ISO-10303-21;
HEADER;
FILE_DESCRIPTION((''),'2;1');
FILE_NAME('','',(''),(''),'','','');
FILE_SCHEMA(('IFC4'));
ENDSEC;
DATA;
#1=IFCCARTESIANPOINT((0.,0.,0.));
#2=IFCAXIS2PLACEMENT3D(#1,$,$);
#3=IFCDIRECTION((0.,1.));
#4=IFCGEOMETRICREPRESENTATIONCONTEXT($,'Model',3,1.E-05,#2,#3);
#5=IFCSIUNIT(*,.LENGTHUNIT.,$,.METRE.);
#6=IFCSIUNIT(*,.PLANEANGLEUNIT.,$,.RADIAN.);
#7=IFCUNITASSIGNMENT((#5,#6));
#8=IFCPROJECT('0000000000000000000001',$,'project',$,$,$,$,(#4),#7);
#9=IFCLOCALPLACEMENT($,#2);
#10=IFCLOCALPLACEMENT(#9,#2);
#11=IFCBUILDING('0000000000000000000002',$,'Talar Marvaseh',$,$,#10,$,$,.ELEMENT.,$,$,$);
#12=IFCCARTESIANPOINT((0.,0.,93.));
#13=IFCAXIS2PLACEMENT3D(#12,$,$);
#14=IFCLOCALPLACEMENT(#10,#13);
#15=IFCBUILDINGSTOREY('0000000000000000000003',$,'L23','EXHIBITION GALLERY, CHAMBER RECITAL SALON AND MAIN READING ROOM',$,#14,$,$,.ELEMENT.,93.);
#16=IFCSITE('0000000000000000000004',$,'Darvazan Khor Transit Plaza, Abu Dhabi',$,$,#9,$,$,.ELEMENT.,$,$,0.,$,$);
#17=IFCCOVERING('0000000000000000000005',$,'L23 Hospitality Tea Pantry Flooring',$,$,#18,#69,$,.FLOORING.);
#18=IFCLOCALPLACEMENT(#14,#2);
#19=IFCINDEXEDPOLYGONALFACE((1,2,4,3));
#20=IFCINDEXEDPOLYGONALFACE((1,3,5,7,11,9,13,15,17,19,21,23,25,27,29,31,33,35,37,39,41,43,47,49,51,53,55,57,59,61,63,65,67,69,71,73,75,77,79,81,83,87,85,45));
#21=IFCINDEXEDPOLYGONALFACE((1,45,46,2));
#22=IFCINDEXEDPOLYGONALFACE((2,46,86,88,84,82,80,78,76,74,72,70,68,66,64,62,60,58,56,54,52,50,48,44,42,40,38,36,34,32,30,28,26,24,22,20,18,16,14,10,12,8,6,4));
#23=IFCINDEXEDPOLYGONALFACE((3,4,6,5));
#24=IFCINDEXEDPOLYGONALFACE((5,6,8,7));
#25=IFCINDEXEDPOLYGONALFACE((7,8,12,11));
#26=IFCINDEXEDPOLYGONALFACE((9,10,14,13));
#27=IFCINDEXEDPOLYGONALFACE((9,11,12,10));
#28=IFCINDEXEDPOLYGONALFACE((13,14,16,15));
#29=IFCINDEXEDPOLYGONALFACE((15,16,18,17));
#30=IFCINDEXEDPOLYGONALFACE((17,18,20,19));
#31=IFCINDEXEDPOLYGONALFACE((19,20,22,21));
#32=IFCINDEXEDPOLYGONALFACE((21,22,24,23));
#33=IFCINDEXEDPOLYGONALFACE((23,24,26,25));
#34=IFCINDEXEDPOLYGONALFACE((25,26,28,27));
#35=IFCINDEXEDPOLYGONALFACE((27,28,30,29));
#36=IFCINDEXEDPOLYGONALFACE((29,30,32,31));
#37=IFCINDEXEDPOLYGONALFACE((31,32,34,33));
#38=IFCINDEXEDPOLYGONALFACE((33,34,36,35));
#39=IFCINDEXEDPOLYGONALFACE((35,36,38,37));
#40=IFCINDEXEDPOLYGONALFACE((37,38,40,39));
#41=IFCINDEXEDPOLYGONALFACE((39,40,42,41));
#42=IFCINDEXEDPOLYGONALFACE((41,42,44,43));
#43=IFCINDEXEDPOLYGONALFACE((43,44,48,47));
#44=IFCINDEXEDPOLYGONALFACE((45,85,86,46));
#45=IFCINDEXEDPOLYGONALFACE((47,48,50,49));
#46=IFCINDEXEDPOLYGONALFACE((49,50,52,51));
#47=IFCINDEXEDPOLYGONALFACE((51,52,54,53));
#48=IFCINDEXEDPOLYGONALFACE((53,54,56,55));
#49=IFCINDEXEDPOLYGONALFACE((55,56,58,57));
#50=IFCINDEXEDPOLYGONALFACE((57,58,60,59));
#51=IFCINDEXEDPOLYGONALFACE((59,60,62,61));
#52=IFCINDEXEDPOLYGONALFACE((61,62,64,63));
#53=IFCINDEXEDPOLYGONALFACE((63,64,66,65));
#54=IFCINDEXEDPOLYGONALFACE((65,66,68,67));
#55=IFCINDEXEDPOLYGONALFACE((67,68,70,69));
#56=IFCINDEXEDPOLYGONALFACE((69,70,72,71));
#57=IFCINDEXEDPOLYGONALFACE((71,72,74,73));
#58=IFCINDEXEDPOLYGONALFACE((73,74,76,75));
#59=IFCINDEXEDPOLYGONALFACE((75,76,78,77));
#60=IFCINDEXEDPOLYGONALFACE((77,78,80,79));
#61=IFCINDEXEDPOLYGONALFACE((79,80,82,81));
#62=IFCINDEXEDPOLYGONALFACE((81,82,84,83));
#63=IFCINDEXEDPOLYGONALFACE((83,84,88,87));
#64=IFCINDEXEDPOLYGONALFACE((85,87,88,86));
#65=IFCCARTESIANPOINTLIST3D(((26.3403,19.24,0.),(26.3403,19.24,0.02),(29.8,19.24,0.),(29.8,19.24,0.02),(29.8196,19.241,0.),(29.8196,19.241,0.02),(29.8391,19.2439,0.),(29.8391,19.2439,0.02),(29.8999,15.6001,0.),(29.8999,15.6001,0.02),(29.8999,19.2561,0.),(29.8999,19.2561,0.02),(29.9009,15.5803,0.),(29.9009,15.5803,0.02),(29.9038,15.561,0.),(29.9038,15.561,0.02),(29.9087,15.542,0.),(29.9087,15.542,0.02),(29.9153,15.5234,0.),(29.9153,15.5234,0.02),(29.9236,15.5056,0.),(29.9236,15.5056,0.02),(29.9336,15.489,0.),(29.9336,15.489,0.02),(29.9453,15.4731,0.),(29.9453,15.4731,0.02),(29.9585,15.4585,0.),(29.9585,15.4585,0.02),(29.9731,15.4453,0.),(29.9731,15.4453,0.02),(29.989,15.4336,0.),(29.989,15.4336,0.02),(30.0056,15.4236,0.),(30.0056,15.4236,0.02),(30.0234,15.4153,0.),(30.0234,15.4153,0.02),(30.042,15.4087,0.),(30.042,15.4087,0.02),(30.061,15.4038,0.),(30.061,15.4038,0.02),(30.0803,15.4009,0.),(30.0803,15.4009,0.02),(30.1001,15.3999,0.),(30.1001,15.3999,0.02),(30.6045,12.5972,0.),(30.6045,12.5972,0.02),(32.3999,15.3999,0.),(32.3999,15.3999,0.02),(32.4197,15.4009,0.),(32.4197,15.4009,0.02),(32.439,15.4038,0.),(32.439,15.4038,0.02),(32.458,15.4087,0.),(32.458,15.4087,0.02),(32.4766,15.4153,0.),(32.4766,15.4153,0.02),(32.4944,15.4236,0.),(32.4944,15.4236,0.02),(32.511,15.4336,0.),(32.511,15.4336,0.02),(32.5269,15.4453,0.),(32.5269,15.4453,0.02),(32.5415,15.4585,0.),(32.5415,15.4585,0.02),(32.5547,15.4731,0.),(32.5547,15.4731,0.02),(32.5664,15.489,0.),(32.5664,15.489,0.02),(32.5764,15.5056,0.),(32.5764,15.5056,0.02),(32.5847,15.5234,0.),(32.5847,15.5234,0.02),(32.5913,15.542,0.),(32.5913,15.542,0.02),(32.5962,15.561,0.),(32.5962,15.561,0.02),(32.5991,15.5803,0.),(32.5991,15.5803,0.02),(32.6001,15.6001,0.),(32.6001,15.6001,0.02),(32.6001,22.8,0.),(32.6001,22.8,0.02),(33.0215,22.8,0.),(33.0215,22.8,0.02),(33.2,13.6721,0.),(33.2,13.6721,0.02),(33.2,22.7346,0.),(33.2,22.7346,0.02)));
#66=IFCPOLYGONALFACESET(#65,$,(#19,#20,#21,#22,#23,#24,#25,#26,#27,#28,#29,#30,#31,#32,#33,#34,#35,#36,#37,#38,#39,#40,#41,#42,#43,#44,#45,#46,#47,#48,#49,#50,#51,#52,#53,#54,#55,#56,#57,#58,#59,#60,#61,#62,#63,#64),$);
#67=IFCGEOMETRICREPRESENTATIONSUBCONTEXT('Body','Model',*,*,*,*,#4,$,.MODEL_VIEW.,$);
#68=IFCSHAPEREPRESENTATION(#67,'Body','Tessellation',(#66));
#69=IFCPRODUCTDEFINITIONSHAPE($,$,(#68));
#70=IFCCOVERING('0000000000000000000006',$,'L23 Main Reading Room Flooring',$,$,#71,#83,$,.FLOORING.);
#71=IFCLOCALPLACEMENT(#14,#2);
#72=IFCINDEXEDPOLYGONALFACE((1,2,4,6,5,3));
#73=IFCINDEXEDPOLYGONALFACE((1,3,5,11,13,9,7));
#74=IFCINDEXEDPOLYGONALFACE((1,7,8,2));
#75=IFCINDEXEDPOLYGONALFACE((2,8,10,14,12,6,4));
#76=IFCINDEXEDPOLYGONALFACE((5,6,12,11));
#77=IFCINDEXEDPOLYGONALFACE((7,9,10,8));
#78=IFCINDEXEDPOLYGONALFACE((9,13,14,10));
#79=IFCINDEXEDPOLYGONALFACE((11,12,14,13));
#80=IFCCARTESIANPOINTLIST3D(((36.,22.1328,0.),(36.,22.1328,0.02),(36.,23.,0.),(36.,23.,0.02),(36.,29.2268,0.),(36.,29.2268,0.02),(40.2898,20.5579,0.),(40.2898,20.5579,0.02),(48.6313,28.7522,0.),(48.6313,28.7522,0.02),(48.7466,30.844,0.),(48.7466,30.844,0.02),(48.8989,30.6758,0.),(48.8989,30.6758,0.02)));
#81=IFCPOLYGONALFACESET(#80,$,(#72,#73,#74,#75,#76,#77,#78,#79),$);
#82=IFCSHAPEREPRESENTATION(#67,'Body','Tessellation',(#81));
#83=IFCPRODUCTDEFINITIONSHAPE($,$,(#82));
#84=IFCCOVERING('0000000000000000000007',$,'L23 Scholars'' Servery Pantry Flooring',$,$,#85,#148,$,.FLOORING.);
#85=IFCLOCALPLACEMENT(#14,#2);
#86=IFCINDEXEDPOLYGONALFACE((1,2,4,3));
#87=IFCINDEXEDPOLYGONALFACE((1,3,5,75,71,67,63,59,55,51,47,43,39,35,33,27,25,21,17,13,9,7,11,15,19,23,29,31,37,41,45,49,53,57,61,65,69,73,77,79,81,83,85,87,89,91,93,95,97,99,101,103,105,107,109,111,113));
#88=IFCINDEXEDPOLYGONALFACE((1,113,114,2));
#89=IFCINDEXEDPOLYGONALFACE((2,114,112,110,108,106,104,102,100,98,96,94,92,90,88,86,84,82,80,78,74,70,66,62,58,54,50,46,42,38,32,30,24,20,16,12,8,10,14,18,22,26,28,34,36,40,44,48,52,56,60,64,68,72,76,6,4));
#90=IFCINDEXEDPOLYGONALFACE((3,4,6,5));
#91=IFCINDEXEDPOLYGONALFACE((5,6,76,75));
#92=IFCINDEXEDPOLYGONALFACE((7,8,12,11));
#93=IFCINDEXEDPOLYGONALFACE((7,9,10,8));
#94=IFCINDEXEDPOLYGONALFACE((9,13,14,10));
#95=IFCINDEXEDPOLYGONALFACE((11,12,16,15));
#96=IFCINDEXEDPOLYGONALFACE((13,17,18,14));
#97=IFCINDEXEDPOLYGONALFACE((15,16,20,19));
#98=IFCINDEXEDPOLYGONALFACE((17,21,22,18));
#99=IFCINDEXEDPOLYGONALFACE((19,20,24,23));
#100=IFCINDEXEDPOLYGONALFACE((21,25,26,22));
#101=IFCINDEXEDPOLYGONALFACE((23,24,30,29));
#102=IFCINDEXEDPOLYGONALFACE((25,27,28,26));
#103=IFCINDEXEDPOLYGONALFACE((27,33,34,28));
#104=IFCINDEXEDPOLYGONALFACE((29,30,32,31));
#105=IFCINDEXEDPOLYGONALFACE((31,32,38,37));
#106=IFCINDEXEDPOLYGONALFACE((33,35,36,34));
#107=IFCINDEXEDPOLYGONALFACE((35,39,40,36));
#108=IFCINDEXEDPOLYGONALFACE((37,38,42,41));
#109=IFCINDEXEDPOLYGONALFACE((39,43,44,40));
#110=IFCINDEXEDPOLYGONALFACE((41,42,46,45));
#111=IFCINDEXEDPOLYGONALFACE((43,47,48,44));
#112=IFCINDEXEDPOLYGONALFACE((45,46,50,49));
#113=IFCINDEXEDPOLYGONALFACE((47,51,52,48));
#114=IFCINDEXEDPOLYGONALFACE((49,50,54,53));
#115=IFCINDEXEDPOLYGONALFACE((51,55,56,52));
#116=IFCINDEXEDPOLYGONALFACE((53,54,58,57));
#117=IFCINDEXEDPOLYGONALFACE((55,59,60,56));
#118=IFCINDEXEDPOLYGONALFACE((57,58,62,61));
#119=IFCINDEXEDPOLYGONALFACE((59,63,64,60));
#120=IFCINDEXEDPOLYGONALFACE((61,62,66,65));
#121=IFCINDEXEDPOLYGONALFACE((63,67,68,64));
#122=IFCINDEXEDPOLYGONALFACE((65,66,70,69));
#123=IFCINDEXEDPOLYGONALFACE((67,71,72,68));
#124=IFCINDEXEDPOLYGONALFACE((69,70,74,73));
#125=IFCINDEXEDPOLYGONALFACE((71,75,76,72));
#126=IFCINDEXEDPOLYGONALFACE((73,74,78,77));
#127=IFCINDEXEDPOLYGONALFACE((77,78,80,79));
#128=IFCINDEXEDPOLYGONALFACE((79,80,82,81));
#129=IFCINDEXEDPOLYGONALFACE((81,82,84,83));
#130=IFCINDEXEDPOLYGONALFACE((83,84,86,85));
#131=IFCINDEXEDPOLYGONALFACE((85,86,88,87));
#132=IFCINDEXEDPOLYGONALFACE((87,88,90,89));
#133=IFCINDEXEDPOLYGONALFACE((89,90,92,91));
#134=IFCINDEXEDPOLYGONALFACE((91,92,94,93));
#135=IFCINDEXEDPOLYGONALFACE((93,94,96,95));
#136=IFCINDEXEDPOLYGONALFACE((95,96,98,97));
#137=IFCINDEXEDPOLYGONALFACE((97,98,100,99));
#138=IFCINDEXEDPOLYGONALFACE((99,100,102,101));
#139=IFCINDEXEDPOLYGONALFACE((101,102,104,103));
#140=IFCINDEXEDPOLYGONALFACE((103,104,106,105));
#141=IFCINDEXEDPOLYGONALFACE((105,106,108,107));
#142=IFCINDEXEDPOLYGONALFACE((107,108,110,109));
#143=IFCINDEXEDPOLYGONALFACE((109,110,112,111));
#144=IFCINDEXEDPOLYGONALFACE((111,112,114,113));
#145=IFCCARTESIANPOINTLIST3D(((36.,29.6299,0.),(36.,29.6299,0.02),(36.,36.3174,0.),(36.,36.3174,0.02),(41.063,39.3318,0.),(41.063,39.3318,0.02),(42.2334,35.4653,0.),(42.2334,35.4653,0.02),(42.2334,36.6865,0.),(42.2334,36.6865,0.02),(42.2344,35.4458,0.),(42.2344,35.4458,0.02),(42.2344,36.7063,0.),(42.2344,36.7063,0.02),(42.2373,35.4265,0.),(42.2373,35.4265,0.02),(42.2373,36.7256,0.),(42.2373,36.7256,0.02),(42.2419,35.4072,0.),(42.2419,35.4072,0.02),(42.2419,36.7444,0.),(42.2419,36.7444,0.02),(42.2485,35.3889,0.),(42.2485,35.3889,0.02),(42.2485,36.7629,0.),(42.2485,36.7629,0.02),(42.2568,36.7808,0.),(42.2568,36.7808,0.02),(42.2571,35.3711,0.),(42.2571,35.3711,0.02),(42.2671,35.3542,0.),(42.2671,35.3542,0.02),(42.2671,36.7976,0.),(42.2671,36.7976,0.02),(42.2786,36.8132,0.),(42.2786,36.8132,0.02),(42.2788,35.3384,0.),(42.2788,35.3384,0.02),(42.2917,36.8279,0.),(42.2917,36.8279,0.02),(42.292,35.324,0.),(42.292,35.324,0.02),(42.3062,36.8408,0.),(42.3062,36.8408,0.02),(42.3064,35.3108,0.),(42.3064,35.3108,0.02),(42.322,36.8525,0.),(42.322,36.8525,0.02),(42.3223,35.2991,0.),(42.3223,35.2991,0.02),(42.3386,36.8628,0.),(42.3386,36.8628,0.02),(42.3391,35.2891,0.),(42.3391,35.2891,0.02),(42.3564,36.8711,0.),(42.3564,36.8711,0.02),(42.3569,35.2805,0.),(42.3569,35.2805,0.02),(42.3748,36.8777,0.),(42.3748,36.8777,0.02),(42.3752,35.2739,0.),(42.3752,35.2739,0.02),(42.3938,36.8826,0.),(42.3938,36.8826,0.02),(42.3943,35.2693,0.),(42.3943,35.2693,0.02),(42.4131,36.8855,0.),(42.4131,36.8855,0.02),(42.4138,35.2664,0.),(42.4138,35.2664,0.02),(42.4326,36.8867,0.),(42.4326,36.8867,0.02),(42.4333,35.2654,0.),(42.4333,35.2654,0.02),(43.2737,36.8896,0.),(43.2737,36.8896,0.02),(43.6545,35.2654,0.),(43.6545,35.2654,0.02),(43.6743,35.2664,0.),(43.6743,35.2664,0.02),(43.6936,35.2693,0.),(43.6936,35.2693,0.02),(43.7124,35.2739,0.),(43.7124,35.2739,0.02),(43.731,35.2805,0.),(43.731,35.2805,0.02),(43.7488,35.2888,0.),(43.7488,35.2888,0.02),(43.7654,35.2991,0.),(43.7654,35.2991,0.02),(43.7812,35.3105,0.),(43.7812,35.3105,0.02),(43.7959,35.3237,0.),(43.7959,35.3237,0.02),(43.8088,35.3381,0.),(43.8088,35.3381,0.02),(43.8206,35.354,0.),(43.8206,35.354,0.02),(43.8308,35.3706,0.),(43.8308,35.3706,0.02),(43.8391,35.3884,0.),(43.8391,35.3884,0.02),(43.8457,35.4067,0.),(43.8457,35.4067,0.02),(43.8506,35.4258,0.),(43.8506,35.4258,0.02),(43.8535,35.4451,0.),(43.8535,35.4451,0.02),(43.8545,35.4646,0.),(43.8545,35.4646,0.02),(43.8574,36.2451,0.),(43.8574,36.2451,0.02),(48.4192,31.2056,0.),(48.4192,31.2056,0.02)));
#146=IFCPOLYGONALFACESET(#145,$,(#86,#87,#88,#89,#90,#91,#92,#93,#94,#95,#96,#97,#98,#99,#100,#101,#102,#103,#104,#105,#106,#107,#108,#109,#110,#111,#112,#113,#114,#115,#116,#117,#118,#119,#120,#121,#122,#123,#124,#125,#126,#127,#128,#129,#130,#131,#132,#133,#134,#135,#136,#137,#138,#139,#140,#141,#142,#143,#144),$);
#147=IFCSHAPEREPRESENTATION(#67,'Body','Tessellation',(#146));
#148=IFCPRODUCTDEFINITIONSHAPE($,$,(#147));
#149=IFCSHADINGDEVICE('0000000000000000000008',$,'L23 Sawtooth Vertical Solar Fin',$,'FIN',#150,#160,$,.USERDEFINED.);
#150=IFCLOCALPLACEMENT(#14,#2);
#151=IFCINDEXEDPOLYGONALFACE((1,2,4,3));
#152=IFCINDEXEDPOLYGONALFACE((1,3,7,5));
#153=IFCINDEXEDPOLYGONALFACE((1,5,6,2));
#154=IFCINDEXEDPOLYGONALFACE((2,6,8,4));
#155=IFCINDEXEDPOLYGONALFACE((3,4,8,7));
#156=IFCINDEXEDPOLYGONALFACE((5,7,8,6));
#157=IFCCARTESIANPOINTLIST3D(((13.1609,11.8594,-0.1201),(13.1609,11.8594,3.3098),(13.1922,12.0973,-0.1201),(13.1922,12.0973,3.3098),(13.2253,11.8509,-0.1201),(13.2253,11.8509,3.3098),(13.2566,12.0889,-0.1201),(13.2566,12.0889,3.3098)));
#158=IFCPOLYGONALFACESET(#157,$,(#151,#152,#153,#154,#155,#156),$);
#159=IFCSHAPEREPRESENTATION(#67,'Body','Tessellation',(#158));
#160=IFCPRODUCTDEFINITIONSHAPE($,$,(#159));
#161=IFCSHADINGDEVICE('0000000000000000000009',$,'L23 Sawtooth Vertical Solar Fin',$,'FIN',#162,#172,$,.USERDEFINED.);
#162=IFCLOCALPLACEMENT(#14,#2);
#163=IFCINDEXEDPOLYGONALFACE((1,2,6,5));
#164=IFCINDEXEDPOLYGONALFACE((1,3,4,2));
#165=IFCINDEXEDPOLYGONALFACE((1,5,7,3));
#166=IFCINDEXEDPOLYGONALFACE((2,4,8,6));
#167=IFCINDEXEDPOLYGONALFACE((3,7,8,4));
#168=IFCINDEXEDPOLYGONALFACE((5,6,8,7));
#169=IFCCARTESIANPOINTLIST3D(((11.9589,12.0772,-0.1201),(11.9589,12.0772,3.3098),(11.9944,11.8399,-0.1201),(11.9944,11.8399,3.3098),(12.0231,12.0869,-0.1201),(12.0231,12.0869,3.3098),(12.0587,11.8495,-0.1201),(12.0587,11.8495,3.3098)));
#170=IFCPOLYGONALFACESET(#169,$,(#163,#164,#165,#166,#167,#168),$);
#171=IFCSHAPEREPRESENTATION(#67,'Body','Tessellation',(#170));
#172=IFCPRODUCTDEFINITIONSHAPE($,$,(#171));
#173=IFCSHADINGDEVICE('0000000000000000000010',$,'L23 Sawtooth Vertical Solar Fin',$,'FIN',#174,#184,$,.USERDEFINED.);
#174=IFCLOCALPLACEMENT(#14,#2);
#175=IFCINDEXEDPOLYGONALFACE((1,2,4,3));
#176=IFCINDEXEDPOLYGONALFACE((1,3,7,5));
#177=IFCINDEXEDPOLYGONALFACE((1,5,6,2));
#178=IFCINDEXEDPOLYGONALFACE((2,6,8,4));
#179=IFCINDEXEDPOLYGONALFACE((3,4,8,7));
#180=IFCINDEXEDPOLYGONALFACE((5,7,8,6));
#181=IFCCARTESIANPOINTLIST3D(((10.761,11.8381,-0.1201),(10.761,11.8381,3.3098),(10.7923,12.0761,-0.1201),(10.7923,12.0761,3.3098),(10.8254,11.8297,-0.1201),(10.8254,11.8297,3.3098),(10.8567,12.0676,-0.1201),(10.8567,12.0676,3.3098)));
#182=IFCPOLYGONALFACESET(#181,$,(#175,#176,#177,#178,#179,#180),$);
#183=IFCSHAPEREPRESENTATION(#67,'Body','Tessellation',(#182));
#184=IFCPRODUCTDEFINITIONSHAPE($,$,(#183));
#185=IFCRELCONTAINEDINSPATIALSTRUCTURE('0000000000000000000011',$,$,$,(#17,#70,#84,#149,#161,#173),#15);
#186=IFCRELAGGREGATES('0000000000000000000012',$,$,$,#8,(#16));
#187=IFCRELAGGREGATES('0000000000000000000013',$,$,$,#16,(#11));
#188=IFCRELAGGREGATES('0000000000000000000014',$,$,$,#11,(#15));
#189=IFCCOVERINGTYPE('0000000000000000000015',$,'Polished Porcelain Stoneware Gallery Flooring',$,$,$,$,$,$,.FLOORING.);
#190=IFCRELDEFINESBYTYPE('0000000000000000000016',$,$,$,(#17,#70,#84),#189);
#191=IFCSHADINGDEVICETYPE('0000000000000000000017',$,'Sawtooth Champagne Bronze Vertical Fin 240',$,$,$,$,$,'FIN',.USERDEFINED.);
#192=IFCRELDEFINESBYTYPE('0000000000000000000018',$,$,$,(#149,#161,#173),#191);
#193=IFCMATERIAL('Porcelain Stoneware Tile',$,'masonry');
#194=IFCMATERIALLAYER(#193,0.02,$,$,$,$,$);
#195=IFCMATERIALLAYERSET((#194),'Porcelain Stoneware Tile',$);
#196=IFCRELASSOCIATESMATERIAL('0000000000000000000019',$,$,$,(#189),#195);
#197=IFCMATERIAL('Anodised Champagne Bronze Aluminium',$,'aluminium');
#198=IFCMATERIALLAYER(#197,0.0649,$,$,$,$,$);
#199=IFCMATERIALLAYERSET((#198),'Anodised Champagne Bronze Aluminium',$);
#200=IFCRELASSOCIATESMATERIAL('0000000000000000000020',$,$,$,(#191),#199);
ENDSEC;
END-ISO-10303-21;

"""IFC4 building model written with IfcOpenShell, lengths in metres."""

from ifc_helpers import new_model, si_unit, direction, frame, origin, origin_2d, place, context, subcontext, project, spatial, polyline, rectangle, outline, extrude, source, transform, mapped, material, layer, layer_set, type_object, type_shapes, element, save


model = new_model("IFC4")

# Units and contexts
model_context = context("Model", 3, precision=1e-05, world=origin(), true_north=direction((0.0, 1.0)))
body_context = subcontext(model_context, "Body", "Model", "MODEL_VIEW")
ifc_project = project(units=[si_unit("LENGTHUNIT", "METRE"), si_unit("PLANEANGLEUNIT", "RADIAN")], contexts=[model_context])

# Site, building, storey
site_placement = place(None, origin())
site = spatial("IfcSite", under=ifc_project, at=site_placement, Name="Darvazan Khor Transit Plaza, Abu Dhabi", CompositionType="ELEMENT", RefElevation=0.0)
building_placement = place(site_placement, origin())
building = spatial("IfcBuilding", under=site, at=building_placement, Name="Talar Marvaseh", CompositionType="ELEMENT")
storey_placement = place(building_placement, frame((0.0, 0.0, 93.0)))
storey = spatial("IfcBuildingStorey", under=building, at=storey_placement, Name="L23", Description="EXHIBITION GALLERY, CHAMBER RECITAL SALON AND MAIN READING ROOM", CompositionType="ELEMENT", Elevation=93.0)

# Coverings
ifc_material_1 = material(Name="Porcelain Stoneware Tile", Category="masonry")
ifc_layer_1 = layer(ifc_material_1, 0.02)
ifc_layer_set_1 = layer_set([ifc_layer_1], Name="Porcelain Stoneware Tile")
covering_type_1 = type_object("IfcCoveringType", Name="Polished Porcelain Stoneware Gallery Flooring", PredefinedType="FLOORING", material=ifc_layer_set_1)
covering_1_placement = place(storey_placement, origin())
element("IfcCovering", 1, at=covering_1_placement, inside=storey, type_object=covering_type_1, Name="L23 Hospitality Tea Pantry Flooring", PredefinedType="FLOORING", context=body_context, shape_type="SweptSolid", body=[
    extrude(outline(polyline([(29.9009, 15.5803), (29.9038, 15.561), (29.9087, 15.542), (29.9153, 15.5234), (29.9236, 15.5056), (29.9336, 15.489), (29.9453, 15.4731), (29.9585, 15.4585), (29.9731, 15.4453), (29.989, 15.4336), (30.0056, 15.4236), (30.0234, 15.4153), (30.042, 15.4087), (30.061, 15.4038), (30.0803, 15.4009), (30.1001, 15.3999), (32.3999, 15.3999), (32.4197, 15.4009), (32.439, 15.4038), (32.458, 15.4087), (32.4766, 15.4153), (32.4944, 15.4236), (32.511, 15.4336), (32.5269, 15.4453), (32.5415, 15.4585), (32.5547, 15.4731), (32.5664, 15.489), (32.5764, 15.5056), (32.5847, 15.5234), (32.5913, 15.542), (32.5962, 15.561), (32.5991, 15.5803), (32.6001, 15.6001), (32.6001, 22.8), (33.0215, 22.8), (33.2, 22.7346), (33.2, 13.6721), (30.6045, 12.5972), (26.3403, 19.24), (29.8, 19.24), (29.8196, 19.241), (29.8391, 19.2439), (29.8999, 19.2561), (29.8999, 15.6001), (29.9009, 15.5803)])), origin(), (0.0, 0.0, 1.0), 0.02),
])
covering_2_placement = place(storey_placement, origin())
element("IfcCovering", 2, at=covering_2_placement, inside=storey, type_object=covering_type_1, Name="L23 Main Reading Room Flooring", PredefinedType="FLOORING", context=body_context, shape_type="SweptSolid", body=[
    extrude(outline(polyline([(36.0, 22.1328), (36.0, 23.0), (36.0, 29.2268), (48.7466, 30.844), (48.8989, 30.6758), (48.6313, 28.7522), (40.2898, 20.5579), (36.0, 22.1328)])), origin(), (0.0, 0.0, 1.0), 0.02),
])
covering_3_placement = place(storey_placement, origin())
element("IfcCovering", 3, at=covering_3_placement, inside=storey, type_object=covering_type_1, Name="L23 Scholars' Servery Pantry Flooring", PredefinedType="FLOORING", context=body_context, shape_type="SweptSolid", body=[
    extrude(outline(polyline([(41.063, 39.3318), (43.2737, 36.8896), (42.4326, 36.8867), (42.4131, 36.8855), (42.3938, 36.8826), (42.3748, 36.8777), (42.3564, 36.8711), (42.3386, 36.8628), (42.322, 36.8525), (42.3062, 36.8408), (42.2917, 36.8279), (42.2786, 36.8132), (42.2671, 36.7976), (42.2568, 36.7808), (42.2485, 36.7629), (42.2419, 36.7444), (42.2373, 36.7256), (42.2344, 36.7063), (42.2334, 36.6865), (42.2334, 35.4653), (42.2344, 35.4458), (42.2373, 35.4265), (42.2419, 35.4072), (42.2485, 35.3889), (42.2571, 35.3711), (42.2671, 35.3542), (42.2788, 35.3384), (42.292, 35.324), (42.3064, 35.3108), (42.3223, 35.2991), (42.3391, 35.2891), (42.3569, 35.2805), (42.3752, 35.2739), (42.3943, 35.2693), (42.4138, 35.2664), (42.4333, 35.2654), (43.6545, 35.2654), (43.6743, 35.2664), (43.6936, 35.2693), (43.7124, 35.2739), (43.731, 35.2805), (43.7488, 35.2888), (43.7654, 35.2991), (43.7812, 35.3105), (43.7959, 35.3237), (43.8088, 35.3381), (43.8206, 35.354), (43.8308, 35.3706), (43.8391, 35.3884), (43.8457, 35.4067), (43.8506, 35.4258), (43.8535, 35.4451), (43.8545, 35.4646), (43.8574, 36.2451), (48.4192, 31.2056), (36.0, 29.6299), (36.0, 36.3174), (41.063, 39.3318)])), origin(), (0.0, 0.0, 1.0), 0.02),
])

# Shading devices
ifc_material_2 = material(Name="Anodised Champagne Bronze Aluminium", Category="aluminium")
ifc_layer_2 = layer(ifc_material_2, 0.0649)
ifc_layer_set_2 = layer_set([ifc_layer_2], Name="Anodised Champagne Bronze Aluminium")
shading_device_type = type_object("IfcShadingDeviceType", Name="Sawtooth Champagne Bronze Vertical Fin 240", ElementType="FIN", PredefinedType="USERDEFINED", material=ifc_layer_set_2)
shared_shape_1 = source(origin(), body_context, "Body", "SweptSolid", [
    extrude(rectangle(XDim=0.24, YDim=0.0649, at=origin_2d()), origin(), (0.0, 0.0, 1.0), 3.4299),
])
type_shapes(shading_device_type, [shared_shape_1])
for number, where, z_axis, x_axis, name in (
    (4, (13.2087, 11.9741, -0.1201), (0.0, 0.0, 1.0), (-0.130353, -0.991468, 0.0), "L23 Sawtooth Vertical Solar Fin"),
    (5, (12.0088, 11.9634, -0.1201), (0.0, 0.0, 1.0), (0.147982, -0.98899, 0.0), "L23 Sawtooth Vertical Solar Fin"),
    (6, (10.8088, 11.9529, -0.1201), (0.0, 0.0, 1.0), (-0.130353, -0.991468, 0.0), "L23 Sawtooth Vertical Solar Fin"),
):
    element("IfcShadingDevice", number, at=place(storey_placement, frame(where, z_axis=z_axis, x_axis=x_axis)), inside=storey, type_object=shading_device_type, Name=name, ObjectType="FIN", PredefinedType="USERDEFINED", context=body_context, shape_type="MappedRepresentation", body=[
        mapped(shared_shape_1, transform((0.0, 0.0, 0.0), x_axis=(1.0, 0.0, 0.0), y_axis=(0.0, 1.0, 0.0), z_axis=(0.0, 0.0, 1.0), scale=1.0)),
    ])

save(model, "model.ifc")
